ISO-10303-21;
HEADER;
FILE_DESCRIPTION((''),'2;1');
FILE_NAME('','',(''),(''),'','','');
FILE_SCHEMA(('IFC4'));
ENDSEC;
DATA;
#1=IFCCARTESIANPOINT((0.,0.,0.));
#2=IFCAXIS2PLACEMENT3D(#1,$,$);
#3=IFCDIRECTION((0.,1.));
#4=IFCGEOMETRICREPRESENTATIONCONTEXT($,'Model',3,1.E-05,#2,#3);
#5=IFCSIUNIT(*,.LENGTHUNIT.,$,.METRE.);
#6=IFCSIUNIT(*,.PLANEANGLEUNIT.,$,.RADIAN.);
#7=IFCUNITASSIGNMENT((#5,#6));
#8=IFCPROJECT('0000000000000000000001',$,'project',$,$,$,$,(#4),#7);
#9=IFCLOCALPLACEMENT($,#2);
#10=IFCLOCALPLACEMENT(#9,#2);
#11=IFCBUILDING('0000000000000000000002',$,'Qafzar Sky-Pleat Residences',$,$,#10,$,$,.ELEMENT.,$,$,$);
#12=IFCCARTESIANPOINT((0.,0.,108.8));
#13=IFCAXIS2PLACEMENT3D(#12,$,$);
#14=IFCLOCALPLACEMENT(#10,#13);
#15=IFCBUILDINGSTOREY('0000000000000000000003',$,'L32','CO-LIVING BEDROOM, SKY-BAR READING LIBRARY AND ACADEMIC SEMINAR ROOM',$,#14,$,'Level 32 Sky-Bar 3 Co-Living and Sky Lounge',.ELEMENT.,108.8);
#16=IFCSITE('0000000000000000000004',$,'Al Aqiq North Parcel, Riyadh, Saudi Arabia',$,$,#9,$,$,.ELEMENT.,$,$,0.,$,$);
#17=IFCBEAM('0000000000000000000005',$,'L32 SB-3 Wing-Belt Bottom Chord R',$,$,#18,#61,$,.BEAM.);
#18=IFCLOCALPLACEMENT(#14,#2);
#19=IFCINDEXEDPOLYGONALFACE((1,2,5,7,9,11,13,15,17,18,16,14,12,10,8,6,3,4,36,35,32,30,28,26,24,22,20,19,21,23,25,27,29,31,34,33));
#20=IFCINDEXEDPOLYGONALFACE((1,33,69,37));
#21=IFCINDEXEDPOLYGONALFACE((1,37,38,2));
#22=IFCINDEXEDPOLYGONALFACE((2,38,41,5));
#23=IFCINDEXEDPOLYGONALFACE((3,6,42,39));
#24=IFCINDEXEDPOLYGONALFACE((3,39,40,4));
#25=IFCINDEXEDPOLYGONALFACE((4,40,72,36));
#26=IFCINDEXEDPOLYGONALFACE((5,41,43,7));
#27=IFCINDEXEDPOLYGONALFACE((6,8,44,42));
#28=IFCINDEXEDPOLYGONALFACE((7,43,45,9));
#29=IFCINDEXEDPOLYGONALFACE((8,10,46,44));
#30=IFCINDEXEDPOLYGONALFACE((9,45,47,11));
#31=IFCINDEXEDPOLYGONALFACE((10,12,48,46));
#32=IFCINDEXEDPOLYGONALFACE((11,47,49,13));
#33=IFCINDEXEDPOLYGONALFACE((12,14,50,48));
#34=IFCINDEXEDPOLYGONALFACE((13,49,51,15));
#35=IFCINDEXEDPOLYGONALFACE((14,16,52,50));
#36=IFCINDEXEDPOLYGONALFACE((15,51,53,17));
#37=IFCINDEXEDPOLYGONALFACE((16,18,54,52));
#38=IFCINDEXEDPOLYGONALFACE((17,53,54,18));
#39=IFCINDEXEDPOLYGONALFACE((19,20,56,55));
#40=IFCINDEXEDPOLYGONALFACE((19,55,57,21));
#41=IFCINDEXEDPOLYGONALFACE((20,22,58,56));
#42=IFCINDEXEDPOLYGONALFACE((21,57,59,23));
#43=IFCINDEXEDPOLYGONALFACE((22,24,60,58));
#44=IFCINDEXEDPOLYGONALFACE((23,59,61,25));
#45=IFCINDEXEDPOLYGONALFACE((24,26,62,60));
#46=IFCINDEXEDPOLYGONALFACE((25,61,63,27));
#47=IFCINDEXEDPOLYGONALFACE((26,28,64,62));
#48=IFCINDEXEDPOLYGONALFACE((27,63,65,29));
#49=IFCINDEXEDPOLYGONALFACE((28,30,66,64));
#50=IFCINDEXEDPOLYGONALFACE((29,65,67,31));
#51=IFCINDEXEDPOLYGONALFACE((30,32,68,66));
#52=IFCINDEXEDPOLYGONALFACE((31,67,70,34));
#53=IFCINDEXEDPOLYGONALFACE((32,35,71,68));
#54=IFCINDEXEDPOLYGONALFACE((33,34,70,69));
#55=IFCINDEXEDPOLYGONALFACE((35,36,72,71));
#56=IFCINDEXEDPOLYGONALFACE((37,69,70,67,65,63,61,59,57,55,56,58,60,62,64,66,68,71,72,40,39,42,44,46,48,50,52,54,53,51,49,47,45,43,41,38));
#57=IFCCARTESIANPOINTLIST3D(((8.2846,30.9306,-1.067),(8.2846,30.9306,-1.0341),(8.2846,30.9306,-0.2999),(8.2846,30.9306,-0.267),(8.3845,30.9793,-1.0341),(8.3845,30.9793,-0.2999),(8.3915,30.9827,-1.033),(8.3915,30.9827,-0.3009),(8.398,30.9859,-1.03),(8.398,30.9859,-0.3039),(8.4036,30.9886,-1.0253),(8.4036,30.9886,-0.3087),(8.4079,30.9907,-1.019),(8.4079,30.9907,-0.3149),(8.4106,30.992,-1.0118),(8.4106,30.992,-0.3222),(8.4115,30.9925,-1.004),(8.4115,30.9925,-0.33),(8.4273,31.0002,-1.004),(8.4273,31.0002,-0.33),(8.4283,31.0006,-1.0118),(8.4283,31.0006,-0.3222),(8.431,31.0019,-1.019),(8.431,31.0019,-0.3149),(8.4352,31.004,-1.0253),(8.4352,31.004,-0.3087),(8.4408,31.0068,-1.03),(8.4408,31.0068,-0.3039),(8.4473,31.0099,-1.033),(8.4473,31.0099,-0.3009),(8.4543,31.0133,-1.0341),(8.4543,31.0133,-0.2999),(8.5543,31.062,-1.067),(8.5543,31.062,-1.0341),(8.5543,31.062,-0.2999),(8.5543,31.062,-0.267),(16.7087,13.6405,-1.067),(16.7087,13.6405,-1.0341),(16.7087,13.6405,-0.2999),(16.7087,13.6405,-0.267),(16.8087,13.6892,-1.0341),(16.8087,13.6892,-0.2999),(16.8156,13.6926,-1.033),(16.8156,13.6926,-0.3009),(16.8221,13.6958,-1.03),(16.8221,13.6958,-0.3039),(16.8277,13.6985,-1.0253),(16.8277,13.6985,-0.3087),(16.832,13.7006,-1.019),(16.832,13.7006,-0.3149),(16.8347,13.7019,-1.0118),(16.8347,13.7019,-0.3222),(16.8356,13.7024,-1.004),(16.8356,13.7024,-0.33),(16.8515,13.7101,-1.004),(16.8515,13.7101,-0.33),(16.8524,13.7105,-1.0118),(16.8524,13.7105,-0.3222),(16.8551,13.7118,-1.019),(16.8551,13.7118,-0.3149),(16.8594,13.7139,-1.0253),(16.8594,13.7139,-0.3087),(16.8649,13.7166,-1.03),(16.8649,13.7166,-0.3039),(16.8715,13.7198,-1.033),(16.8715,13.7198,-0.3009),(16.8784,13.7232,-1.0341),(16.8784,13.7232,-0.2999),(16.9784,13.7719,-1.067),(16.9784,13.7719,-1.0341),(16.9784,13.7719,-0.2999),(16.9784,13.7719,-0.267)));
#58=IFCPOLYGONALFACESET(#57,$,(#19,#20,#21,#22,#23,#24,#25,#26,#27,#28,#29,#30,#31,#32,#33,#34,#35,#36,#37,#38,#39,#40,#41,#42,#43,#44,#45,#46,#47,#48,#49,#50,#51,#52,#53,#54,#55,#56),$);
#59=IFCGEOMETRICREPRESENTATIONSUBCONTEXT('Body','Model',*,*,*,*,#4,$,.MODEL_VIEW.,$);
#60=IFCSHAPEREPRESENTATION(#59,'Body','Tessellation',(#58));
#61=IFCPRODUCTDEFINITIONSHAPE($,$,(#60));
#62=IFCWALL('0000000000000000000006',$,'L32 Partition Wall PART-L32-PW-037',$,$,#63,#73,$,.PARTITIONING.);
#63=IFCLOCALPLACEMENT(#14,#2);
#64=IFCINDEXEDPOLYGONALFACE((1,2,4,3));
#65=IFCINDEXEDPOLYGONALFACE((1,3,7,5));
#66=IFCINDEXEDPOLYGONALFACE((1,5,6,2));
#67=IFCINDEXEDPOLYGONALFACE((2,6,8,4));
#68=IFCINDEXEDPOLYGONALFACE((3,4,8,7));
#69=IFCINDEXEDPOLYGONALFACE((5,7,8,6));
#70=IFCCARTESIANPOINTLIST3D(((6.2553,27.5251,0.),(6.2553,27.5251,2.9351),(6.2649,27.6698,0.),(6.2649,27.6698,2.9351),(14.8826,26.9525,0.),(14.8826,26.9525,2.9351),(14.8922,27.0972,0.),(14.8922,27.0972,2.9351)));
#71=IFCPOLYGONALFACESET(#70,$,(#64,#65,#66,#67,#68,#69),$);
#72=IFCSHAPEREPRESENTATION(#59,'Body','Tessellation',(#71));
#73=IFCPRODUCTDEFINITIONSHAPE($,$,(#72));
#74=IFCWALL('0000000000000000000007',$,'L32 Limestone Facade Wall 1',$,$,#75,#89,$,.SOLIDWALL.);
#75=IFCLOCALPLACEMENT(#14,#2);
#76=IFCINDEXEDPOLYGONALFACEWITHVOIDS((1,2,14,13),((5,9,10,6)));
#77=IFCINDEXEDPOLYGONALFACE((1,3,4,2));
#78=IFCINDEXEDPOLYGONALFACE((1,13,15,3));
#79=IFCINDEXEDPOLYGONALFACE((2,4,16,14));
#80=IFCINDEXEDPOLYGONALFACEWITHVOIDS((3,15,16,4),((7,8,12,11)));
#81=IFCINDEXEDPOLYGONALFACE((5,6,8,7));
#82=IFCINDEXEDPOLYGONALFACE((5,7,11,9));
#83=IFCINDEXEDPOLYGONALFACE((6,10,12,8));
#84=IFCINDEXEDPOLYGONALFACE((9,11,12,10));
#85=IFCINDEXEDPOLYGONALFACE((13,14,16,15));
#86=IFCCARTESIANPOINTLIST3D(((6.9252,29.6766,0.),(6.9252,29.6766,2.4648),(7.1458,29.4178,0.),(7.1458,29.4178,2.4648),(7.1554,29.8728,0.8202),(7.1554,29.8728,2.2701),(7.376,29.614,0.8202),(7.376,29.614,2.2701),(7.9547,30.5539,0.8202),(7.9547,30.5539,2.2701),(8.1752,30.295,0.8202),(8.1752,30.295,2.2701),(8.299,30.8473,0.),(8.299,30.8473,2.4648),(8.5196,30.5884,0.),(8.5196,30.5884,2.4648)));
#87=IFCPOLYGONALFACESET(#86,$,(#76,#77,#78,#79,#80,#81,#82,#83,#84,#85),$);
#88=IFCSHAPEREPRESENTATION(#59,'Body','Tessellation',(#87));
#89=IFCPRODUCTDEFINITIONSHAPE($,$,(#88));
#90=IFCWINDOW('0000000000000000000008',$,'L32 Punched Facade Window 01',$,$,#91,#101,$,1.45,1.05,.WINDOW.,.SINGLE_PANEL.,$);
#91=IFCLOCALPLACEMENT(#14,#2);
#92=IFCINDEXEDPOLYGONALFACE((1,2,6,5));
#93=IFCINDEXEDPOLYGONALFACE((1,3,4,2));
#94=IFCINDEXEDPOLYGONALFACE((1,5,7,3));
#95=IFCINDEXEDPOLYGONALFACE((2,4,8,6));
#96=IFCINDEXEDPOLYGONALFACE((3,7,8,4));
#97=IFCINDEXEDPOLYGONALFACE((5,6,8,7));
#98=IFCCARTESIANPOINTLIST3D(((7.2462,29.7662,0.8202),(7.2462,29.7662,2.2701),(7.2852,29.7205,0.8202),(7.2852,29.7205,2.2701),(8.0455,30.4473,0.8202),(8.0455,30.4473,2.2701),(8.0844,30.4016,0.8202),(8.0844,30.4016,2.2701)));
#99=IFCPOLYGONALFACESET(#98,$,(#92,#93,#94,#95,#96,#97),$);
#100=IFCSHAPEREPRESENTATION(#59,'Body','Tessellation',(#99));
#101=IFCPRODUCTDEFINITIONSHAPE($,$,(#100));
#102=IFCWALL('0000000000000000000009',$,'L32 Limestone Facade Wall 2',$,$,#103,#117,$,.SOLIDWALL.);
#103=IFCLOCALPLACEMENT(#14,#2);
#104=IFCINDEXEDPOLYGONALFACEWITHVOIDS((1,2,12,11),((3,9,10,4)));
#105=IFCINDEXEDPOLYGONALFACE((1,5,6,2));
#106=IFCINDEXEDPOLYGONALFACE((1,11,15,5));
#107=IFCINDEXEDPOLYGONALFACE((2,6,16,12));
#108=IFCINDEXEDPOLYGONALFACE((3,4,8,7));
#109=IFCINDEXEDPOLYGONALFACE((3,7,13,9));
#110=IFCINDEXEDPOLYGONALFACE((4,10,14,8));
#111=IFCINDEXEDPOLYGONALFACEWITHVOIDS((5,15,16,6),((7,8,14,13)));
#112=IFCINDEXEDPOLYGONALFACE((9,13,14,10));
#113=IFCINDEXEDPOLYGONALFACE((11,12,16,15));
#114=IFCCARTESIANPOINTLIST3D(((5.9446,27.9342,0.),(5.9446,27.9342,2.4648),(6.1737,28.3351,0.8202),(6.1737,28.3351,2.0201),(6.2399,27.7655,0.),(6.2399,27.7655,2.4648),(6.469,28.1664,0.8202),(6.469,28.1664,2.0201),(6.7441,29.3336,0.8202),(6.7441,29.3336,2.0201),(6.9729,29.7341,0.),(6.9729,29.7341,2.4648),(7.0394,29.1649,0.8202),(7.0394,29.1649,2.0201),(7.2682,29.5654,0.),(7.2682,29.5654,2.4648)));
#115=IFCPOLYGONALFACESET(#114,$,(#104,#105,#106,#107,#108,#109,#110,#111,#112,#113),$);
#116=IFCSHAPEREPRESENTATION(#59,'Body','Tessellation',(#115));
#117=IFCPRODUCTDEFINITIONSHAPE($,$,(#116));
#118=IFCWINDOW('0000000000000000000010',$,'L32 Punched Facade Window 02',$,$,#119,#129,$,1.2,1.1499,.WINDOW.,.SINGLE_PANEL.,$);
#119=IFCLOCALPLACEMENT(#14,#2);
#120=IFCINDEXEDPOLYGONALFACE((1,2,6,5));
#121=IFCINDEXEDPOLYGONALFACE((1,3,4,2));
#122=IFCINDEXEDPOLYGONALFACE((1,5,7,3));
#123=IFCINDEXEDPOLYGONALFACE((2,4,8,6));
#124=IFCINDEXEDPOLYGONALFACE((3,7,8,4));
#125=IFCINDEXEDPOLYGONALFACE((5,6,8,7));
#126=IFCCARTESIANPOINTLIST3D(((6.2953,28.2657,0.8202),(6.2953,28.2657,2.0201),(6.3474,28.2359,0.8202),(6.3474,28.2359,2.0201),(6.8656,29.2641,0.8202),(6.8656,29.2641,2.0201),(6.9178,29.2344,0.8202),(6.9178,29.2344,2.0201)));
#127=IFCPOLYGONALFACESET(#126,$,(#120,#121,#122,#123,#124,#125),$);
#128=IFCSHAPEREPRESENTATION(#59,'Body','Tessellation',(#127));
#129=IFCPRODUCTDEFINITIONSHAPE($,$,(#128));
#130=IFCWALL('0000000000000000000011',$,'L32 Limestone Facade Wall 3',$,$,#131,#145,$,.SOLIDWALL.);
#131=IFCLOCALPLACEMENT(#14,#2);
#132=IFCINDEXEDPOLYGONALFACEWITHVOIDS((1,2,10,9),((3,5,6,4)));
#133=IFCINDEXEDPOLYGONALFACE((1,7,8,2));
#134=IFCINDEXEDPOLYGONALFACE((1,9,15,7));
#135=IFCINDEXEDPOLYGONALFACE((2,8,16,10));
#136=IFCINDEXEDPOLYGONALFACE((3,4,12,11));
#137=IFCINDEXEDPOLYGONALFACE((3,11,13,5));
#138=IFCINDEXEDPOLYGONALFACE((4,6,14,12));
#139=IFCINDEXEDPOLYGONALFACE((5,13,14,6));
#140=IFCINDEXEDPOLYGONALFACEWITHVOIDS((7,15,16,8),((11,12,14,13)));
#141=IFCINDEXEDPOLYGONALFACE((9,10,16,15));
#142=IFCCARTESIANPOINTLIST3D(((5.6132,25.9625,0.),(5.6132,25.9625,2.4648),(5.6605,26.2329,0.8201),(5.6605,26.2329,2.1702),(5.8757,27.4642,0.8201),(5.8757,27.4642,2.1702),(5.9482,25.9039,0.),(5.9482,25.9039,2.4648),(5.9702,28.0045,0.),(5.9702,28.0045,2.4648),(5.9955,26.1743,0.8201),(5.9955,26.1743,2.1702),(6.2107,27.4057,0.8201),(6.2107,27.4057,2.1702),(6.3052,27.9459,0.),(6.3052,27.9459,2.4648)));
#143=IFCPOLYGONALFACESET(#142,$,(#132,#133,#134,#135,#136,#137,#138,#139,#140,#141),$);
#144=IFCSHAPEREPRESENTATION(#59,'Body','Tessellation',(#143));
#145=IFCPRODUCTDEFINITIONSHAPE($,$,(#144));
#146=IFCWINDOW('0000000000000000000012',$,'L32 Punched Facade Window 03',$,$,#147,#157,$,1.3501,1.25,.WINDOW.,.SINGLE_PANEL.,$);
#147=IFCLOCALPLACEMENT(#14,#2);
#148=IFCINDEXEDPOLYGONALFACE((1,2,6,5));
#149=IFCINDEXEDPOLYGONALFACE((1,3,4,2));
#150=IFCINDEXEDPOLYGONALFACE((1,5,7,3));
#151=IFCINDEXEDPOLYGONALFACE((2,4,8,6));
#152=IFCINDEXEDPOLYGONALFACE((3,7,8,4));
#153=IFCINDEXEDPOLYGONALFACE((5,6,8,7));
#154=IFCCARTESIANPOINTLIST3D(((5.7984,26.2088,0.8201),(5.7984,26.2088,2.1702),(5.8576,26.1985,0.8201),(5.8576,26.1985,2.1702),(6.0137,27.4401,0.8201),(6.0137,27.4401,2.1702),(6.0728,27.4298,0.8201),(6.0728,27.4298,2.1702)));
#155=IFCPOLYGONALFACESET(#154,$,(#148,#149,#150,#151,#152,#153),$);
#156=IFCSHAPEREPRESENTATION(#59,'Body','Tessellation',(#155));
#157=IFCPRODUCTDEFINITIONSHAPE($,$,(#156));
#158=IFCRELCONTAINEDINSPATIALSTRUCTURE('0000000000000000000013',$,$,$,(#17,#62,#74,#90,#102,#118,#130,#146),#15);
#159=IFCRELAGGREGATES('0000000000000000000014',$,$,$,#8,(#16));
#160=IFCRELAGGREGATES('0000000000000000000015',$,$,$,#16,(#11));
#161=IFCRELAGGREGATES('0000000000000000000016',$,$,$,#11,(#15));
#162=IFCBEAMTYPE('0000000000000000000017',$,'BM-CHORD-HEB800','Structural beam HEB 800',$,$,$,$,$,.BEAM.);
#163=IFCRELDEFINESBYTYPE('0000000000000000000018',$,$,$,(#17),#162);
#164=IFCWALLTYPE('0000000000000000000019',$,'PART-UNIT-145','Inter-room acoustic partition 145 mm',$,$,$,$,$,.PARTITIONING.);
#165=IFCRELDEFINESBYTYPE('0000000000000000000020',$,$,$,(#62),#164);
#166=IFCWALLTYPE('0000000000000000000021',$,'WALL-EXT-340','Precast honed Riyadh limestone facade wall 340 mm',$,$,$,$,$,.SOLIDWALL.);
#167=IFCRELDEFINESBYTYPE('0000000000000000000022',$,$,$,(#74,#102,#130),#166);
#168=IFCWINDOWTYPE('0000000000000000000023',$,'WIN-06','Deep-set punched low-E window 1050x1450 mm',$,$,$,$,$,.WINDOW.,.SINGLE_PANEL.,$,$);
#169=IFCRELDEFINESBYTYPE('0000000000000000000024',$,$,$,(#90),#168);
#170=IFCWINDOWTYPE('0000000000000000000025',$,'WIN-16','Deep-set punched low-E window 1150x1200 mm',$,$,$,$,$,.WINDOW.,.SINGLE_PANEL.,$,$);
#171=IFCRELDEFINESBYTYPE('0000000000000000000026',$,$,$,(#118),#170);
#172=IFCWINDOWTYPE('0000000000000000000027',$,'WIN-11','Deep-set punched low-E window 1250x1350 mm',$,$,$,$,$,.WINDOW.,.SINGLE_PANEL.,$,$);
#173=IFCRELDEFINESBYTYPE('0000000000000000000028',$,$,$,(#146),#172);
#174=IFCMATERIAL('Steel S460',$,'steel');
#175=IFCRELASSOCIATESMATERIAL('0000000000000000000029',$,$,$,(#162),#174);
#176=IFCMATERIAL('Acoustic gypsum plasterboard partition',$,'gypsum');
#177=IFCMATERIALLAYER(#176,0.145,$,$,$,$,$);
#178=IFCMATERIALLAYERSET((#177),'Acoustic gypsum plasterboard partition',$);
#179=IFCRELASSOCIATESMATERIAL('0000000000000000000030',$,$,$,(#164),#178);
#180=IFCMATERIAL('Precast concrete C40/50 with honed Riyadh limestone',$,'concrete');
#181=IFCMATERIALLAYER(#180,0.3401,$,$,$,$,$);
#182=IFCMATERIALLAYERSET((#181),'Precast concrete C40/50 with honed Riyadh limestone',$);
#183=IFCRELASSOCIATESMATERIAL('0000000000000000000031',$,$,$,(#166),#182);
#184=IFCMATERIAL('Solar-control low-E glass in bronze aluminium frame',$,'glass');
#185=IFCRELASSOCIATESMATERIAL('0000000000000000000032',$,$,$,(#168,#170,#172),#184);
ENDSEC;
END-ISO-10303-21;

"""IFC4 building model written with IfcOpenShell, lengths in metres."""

from ifc_helpers import new_model, si_unit, direction, frame, frame_2d, origin, origin_2d, place, context, subcontext, project, spatial, rectangle, i_section, extrude, source, transform, mapped, material, layer, layer_set, material_profile, profile_set, type_object, element, fill, save


model = new_model("IFC4")

# Units and contexts
model_context = context("Model", 3, precision=1e-05, world=origin(), true_north=direction((0.0, 1.0)))
body_context = subcontext(model_context, "Body", "Model", "MODEL_VIEW")
ifc_project = project(units=[si_unit("LENGTHUNIT", "METRE"), si_unit("PLANEANGLEUNIT", "RADIAN")], contexts=[model_context])

# Site, building, storey
site_placement = place(None, origin())
site = spatial("IfcSite", under=ifc_project, at=site_placement, Name="Al Aqiq North Parcel, Riyadh, Saudi Arabia", CompositionType="ELEMENT", RefElevation=0.0)
building_placement = place(site_placement, origin())
building = spatial("IfcBuilding", under=site, at=building_placement, Name="Qafzar Sky-Pleat Residences", CompositionType="ELEMENT")
storey_placement = place(building_placement, frame((0.0, 0.0, 108.8)))
storey = spatial("IfcBuildingStorey", under=building, at=storey_placement, Name="L32", Description="CO-LIVING BEDROOM, SKY-BAR READING LIBRARY AND ACADEMIC SEMINAR ROOM", LongName="Level 32 Sky-Bar 3 Co-Living and Sky Lounge", CompositionType="ELEMENT", Elevation=108.8)

# Beam
ifc_material_1 = material(Name="Steel S460", Category="steel")
ifc_material_profile_1 = material_profile(ifc_material_1, i_section(OverallWidth=0.3, OverallDepth=0.8, WebThickness=0.0176, FlangeThickness=0.033, FilletRadius=0.03, at=origin_2d()), Name="HEB 800")
ifc_profile_set_1 = profile_set([ifc_material_profile_1], Name="Steel S460")
beam_type_1 = type_object("IfcBeamType", Name="BM-CHORD-HEB800", Description="Structural beam HEB 800", PredefinedType="BEAM", material=ifc_profile_set_1)
shared_shape_1 = source(origin(), body_context, "Body", "SweptSolid", [
    extrude(i_section(OverallWidth=0.3, OverallDepth=0.8, WebThickness=0.0176, FlangeThickness=0.033, FilletRadius=0.03, at=origin_2d()), origin(), (0.0, 0.0, 1.0), 19.2332),
])
beam_1_placement = place(storey_placement, frame((8.4194, 30.9963, -0.667), z_axis=(0.438, -0.898975, 0.0), x_axis=(0.898975, 0.438, 0.0)))
element("IfcBeam", 1, at=beam_1_placement, inside=storey, type_object=beam_type_1, Name="L32 SB-3 Wing-Belt Bottom Chord R", PredefinedType="BEAM", context=body_context, shape_type="MappedRepresentation", body=[
    mapped(shared_shape_1, transform((0.0, 0.0, 0.0), x_axis=(1.0, 0.0, 0.0), y_axis=(0.0, 1.0, 0.0), z_axis=(0.0, 0.0, 1.0), scale=1.0)),
])

# Wall
ifc_material_2 = material(Name="Acoustic gypsum plasterboard partition", Category="gypsum")
ifc_layer_1 = layer(ifc_material_2, 0.145)
ifc_layer_set_1 = layer_set([ifc_layer_1], Name="Acoustic gypsum plasterboard partition")
wall_type_1 = type_object("IfcWallType", Name="PART-UNIT-145", Description="Inter-room acoustic partition 145 mm", PredefinedType="PARTITIONING", material=ifc_layer_set_1)
wall_1_placement = place(storey_placement, frame((6.26, 27.5974, 0.0), z_axis=(0.0, 0.0, 1.0), x_axis=(0.997805, -0.066215, 0.0)))
element("IfcWall", 2, at=wall_1_placement, inside=storey, type_object=wall_type_1, Name="L32 Partition Wall PART-L32-PW-037", PredefinedType="PARTITIONING", context=body_context, shape_type="SweptSolid", body=[
    extrude(rectangle(XDim=8.6462, YDim=0.145, at=frame_2d((4.3232, 0.0))), origin(), (0.0, 0.0, 1.0), 2.9351),
])

# Walls, openings, windows
ifc_material_3 = material(Name="Precast concrete C40/50 with honed Riyadh limestone", Category="concrete")
ifc_layer_2 = layer(ifc_material_3, 0.3401)
ifc_layer_set_2 = layer_set([ifc_layer_2], Name="Precast concrete C40/50 with honed Riyadh limestone")
wall_type_2 = type_object("IfcWallType", Name="WALL-EXT-340", Description="Precast honed Riyadh limestone facade wall 340 mm", PredefinedType="SOLIDWALL", material=ifc_layer_set_2)
wall_2_placement = place(storey_placement, frame((8.4092, 30.7178, 0.0), z_axis=(0.0, 0.0, 1.0), x_axis=(-0.761134, -0.648594, 0.0)))
wall_2 = element("IfcWall", 3, at=wall_2_placement, inside=storey, type_object=wall_type_2, Name="L32 Limestone Facade Wall 1", PredefinedType="SOLIDWALL", context=body_context, shape_type="SweptSolid", body=[
    extrude(rectangle(XDim=1.8049, YDim=0.3401, at=frame_2d((0.9023, 0.0))), origin(), (0.0, 0.0, 1.0), 2.4648),
])
opening_1_placement = place(wall_2_placement, frame((0.4524, 0.0, 0.8201)))
opening_1 = element("IfcOpeningElement", 4, at=opening_1_placement, cuts=wall_2, PredefinedType="OPENING", context=body_context, shape_type="SweptSolid", body=[
    extrude(rectangle(XDim=1.05, YDim=1.45, at=frame_2d((0.5249, 0.7251))), frame((0.0, 0.1802, 0.0), z_axis=(0.0, -1.0, 0.0), x_axis=(1.0, 0.0, 0.0)), (0.0, 0.0, 1.0), 0.3601),
])
ifc_material_4 = material(Name="Solar-control low-E glass in bronze aluminium frame", Category="glass")
window_type_1 = type_object("IfcWindowType", Name="WIN-06", Description="Deep-set punched low-E window 1050x1450 mm", PartitioningType="SINGLE_PANEL", PredefinedType="WINDOW", material=ifc_material_4)
shared_shape_2 = source(origin(), body_context, "Body", "SweptSolid", [
    extrude(rectangle(XDim=1.05, YDim=1.45, at=frame_2d((0.5249, 0.7251))), frame((0.0, 0.03, 0.0), z_axis=(0.0, -1.0, 0.0), x_axis=(1.0, 0.0, 0.0)), (0.0, 0.0, 1.0), 0.0601),
])
window_1_placement = place(opening_1_placement, origin())
window_1 = element("IfcWindow", 5, at=window_1_placement, inside=storey, type_object=window_type_1, Name="L32 Punched Facade Window 01", OverallHeight=1.45, OverallWidth=1.05, PartitioningType="SINGLE_PANEL", PredefinedType="WINDOW", context=body_context, shape_type="MappedRepresentation", body=[
    mapped(shared_shape_2, transform((0.0, 0.0, 0.0), x_axis=(1.0, 0.0, 0.0), y_axis=(0.0, 1.0, 0.0), z_axis=(0.0, 0.0, 1.0), scale=1.0)),
])
fill(opening_1, window_1)
wall_3_placement = place(storey_placement, frame((7.1206, 29.6499, 0.0), z_axis=(0.0, 0.0, 1.0), x_axis=(-0.496037, -0.868301, 0.0)))
wall_3 = element("IfcWall", 6, at=wall_3_placement, inside=storey, type_object=wall_type_2, Name="L32 Limestone Facade Wall 2", PredefinedType="SOLIDWALL", context=body_context, shape_type="SweptSolid", body=[
    extrude(rectangle(XDim=2.073, YDim=0.3401, at=frame_2d((1.0366, 0.0))), origin(), (0.0, 0.0, 1.0), 2.4648),
])
opening_2_placement = place(wall_3_placement, frame((0.4614, 0.0, 0.8201)))
opening_2 = element("IfcOpeningElement", 7, at=opening_2_placement, cuts=wall_3, PredefinedType="OPENING", context=body_context, shape_type="SweptSolid", body=[
    extrude(rectangle(XDim=1.1499, YDim=1.2, at=frame_2d((0.575, 0.6001))), frame((0.0, 0.1802, 0.0), z_axis=(0.0, -1.0, 0.0), x_axis=(1.0, 0.0, 0.0)), (0.0, 0.0, 1.0), 0.3601),
])
window_type_2 = type_object("IfcWindowType", Name="WIN-16", Description="Deep-set punched low-E window 1150x1200 mm", PartitioningType="SINGLE_PANEL", PredefinedType="WINDOW", material=ifc_material_4)
shared_shape_3 = source(origin(), body_context, "Body", "SweptSolid", [
    extrude(rectangle(XDim=1.1499, YDim=1.2, at=frame_2d((0.575, 0.6001))), frame((0.0, 0.03, 0.0), z_axis=(0.0, -1.0, 0.0), x_axis=(1.0, 0.0, 0.0)), (0.0, 0.0, 1.0), 0.0601),
])
window_2_placement = place(opening_2_placement, origin())
window_2 = element("IfcWindow", 8, at=window_2_placement, inside=storey, type_object=window_type_2, Name="L32 Punched Facade Window 02", OverallHeight=1.2, OverallWidth=1.1499, PartitioningType="SINGLE_PANEL", PredefinedType="WINDOW", context=body_context, shape_type="MappedRepresentation", body=[
    mapped(shared_shape_3, transform((0.0, 0.0, 0.0), x_axis=(1.0, 0.0, 0.0), y_axis=(0.0, 1.0, 0.0), z_axis=(0.0, 0.0, 1.0), scale=1.0)),
])
fill(opening_2, window_2)
wall_4_placement = place(storey_placement, frame((6.1377, 27.9753, 0.0), z_axis=(0.0, 0.0, 1.0), x_axis=(-0.172186, -0.985064, 0.0)))
wall_4 = element("IfcWall", 9, at=wall_4_placement, inside=storey, type_object=wall_type_2, Name="L32 Limestone Facade Wall 3", PredefinedType="SOLIDWALL", context=body_context, shape_type="SweptSolid", body=[
    extrude(rectangle(XDim=2.073, YDim=0.3401, at=frame_2d((1.0366, 0.0))), origin(), (0.0, 0.0, 1.0), 2.4648),
])
opening_3_placement = place(wall_4_placement, frame((0.5486, 0.0, 0.8201)))
opening_3 = element("IfcOpeningElement", 10, at=opening_3_placement, cuts=wall_4, PredefinedType="OPENING", context=body_context, shape_type="SweptSolid", body=[
    extrude(rectangle(XDim=1.25, YDim=1.3501, at=frame_2d((0.625, 0.675))), frame((0.0, 0.1802, 0.0), z_axis=(0.0, -1.0, 0.0), x_axis=(1.0, 0.0, 0.0)), (0.0, 0.0, 1.0), 0.3601),
])
window_type_3 = type_object("IfcWindowType", Name="WIN-11", Description="Deep-set punched low-E window 1250x1350 mm", PartitioningType="SINGLE_PANEL", PredefinedType="WINDOW", material=ifc_material_4)
shared_shape_4 = source(origin(), body_context, "Body", "SweptSolid", [
    extrude(rectangle(XDim=1.25, YDim=1.3501, at=frame_2d((0.625, 0.675))), frame((0.0, 0.03, 0.0), z_axis=(0.0, -1.0, 0.0), x_axis=(1.0, 0.0, 0.0)), (0.0, 0.0, 1.0), 0.0601),
])
window_3_placement = place(opening_3_placement, origin())
window_3 = element("IfcWindow", 11, at=window_3_placement, inside=storey, type_object=window_type_3, Name="L32 Punched Facade Window 03", OverallHeight=1.3501, OverallWidth=1.25, PartitioningType="SINGLE_PANEL", PredefinedType="WINDOW", context=body_context, shape_type="MappedRepresentation", body=[
    mapped(shared_shape_4, transform((0.0, 0.0, 0.0), x_axis=(1.0, 0.0, 0.0), y_axis=(0.0, 1.0, 0.0), z_axis=(0.0, 0.0, 1.0), scale=1.0)),
])
fill(opening_3, window_3)

save(model, "model.ifc")
